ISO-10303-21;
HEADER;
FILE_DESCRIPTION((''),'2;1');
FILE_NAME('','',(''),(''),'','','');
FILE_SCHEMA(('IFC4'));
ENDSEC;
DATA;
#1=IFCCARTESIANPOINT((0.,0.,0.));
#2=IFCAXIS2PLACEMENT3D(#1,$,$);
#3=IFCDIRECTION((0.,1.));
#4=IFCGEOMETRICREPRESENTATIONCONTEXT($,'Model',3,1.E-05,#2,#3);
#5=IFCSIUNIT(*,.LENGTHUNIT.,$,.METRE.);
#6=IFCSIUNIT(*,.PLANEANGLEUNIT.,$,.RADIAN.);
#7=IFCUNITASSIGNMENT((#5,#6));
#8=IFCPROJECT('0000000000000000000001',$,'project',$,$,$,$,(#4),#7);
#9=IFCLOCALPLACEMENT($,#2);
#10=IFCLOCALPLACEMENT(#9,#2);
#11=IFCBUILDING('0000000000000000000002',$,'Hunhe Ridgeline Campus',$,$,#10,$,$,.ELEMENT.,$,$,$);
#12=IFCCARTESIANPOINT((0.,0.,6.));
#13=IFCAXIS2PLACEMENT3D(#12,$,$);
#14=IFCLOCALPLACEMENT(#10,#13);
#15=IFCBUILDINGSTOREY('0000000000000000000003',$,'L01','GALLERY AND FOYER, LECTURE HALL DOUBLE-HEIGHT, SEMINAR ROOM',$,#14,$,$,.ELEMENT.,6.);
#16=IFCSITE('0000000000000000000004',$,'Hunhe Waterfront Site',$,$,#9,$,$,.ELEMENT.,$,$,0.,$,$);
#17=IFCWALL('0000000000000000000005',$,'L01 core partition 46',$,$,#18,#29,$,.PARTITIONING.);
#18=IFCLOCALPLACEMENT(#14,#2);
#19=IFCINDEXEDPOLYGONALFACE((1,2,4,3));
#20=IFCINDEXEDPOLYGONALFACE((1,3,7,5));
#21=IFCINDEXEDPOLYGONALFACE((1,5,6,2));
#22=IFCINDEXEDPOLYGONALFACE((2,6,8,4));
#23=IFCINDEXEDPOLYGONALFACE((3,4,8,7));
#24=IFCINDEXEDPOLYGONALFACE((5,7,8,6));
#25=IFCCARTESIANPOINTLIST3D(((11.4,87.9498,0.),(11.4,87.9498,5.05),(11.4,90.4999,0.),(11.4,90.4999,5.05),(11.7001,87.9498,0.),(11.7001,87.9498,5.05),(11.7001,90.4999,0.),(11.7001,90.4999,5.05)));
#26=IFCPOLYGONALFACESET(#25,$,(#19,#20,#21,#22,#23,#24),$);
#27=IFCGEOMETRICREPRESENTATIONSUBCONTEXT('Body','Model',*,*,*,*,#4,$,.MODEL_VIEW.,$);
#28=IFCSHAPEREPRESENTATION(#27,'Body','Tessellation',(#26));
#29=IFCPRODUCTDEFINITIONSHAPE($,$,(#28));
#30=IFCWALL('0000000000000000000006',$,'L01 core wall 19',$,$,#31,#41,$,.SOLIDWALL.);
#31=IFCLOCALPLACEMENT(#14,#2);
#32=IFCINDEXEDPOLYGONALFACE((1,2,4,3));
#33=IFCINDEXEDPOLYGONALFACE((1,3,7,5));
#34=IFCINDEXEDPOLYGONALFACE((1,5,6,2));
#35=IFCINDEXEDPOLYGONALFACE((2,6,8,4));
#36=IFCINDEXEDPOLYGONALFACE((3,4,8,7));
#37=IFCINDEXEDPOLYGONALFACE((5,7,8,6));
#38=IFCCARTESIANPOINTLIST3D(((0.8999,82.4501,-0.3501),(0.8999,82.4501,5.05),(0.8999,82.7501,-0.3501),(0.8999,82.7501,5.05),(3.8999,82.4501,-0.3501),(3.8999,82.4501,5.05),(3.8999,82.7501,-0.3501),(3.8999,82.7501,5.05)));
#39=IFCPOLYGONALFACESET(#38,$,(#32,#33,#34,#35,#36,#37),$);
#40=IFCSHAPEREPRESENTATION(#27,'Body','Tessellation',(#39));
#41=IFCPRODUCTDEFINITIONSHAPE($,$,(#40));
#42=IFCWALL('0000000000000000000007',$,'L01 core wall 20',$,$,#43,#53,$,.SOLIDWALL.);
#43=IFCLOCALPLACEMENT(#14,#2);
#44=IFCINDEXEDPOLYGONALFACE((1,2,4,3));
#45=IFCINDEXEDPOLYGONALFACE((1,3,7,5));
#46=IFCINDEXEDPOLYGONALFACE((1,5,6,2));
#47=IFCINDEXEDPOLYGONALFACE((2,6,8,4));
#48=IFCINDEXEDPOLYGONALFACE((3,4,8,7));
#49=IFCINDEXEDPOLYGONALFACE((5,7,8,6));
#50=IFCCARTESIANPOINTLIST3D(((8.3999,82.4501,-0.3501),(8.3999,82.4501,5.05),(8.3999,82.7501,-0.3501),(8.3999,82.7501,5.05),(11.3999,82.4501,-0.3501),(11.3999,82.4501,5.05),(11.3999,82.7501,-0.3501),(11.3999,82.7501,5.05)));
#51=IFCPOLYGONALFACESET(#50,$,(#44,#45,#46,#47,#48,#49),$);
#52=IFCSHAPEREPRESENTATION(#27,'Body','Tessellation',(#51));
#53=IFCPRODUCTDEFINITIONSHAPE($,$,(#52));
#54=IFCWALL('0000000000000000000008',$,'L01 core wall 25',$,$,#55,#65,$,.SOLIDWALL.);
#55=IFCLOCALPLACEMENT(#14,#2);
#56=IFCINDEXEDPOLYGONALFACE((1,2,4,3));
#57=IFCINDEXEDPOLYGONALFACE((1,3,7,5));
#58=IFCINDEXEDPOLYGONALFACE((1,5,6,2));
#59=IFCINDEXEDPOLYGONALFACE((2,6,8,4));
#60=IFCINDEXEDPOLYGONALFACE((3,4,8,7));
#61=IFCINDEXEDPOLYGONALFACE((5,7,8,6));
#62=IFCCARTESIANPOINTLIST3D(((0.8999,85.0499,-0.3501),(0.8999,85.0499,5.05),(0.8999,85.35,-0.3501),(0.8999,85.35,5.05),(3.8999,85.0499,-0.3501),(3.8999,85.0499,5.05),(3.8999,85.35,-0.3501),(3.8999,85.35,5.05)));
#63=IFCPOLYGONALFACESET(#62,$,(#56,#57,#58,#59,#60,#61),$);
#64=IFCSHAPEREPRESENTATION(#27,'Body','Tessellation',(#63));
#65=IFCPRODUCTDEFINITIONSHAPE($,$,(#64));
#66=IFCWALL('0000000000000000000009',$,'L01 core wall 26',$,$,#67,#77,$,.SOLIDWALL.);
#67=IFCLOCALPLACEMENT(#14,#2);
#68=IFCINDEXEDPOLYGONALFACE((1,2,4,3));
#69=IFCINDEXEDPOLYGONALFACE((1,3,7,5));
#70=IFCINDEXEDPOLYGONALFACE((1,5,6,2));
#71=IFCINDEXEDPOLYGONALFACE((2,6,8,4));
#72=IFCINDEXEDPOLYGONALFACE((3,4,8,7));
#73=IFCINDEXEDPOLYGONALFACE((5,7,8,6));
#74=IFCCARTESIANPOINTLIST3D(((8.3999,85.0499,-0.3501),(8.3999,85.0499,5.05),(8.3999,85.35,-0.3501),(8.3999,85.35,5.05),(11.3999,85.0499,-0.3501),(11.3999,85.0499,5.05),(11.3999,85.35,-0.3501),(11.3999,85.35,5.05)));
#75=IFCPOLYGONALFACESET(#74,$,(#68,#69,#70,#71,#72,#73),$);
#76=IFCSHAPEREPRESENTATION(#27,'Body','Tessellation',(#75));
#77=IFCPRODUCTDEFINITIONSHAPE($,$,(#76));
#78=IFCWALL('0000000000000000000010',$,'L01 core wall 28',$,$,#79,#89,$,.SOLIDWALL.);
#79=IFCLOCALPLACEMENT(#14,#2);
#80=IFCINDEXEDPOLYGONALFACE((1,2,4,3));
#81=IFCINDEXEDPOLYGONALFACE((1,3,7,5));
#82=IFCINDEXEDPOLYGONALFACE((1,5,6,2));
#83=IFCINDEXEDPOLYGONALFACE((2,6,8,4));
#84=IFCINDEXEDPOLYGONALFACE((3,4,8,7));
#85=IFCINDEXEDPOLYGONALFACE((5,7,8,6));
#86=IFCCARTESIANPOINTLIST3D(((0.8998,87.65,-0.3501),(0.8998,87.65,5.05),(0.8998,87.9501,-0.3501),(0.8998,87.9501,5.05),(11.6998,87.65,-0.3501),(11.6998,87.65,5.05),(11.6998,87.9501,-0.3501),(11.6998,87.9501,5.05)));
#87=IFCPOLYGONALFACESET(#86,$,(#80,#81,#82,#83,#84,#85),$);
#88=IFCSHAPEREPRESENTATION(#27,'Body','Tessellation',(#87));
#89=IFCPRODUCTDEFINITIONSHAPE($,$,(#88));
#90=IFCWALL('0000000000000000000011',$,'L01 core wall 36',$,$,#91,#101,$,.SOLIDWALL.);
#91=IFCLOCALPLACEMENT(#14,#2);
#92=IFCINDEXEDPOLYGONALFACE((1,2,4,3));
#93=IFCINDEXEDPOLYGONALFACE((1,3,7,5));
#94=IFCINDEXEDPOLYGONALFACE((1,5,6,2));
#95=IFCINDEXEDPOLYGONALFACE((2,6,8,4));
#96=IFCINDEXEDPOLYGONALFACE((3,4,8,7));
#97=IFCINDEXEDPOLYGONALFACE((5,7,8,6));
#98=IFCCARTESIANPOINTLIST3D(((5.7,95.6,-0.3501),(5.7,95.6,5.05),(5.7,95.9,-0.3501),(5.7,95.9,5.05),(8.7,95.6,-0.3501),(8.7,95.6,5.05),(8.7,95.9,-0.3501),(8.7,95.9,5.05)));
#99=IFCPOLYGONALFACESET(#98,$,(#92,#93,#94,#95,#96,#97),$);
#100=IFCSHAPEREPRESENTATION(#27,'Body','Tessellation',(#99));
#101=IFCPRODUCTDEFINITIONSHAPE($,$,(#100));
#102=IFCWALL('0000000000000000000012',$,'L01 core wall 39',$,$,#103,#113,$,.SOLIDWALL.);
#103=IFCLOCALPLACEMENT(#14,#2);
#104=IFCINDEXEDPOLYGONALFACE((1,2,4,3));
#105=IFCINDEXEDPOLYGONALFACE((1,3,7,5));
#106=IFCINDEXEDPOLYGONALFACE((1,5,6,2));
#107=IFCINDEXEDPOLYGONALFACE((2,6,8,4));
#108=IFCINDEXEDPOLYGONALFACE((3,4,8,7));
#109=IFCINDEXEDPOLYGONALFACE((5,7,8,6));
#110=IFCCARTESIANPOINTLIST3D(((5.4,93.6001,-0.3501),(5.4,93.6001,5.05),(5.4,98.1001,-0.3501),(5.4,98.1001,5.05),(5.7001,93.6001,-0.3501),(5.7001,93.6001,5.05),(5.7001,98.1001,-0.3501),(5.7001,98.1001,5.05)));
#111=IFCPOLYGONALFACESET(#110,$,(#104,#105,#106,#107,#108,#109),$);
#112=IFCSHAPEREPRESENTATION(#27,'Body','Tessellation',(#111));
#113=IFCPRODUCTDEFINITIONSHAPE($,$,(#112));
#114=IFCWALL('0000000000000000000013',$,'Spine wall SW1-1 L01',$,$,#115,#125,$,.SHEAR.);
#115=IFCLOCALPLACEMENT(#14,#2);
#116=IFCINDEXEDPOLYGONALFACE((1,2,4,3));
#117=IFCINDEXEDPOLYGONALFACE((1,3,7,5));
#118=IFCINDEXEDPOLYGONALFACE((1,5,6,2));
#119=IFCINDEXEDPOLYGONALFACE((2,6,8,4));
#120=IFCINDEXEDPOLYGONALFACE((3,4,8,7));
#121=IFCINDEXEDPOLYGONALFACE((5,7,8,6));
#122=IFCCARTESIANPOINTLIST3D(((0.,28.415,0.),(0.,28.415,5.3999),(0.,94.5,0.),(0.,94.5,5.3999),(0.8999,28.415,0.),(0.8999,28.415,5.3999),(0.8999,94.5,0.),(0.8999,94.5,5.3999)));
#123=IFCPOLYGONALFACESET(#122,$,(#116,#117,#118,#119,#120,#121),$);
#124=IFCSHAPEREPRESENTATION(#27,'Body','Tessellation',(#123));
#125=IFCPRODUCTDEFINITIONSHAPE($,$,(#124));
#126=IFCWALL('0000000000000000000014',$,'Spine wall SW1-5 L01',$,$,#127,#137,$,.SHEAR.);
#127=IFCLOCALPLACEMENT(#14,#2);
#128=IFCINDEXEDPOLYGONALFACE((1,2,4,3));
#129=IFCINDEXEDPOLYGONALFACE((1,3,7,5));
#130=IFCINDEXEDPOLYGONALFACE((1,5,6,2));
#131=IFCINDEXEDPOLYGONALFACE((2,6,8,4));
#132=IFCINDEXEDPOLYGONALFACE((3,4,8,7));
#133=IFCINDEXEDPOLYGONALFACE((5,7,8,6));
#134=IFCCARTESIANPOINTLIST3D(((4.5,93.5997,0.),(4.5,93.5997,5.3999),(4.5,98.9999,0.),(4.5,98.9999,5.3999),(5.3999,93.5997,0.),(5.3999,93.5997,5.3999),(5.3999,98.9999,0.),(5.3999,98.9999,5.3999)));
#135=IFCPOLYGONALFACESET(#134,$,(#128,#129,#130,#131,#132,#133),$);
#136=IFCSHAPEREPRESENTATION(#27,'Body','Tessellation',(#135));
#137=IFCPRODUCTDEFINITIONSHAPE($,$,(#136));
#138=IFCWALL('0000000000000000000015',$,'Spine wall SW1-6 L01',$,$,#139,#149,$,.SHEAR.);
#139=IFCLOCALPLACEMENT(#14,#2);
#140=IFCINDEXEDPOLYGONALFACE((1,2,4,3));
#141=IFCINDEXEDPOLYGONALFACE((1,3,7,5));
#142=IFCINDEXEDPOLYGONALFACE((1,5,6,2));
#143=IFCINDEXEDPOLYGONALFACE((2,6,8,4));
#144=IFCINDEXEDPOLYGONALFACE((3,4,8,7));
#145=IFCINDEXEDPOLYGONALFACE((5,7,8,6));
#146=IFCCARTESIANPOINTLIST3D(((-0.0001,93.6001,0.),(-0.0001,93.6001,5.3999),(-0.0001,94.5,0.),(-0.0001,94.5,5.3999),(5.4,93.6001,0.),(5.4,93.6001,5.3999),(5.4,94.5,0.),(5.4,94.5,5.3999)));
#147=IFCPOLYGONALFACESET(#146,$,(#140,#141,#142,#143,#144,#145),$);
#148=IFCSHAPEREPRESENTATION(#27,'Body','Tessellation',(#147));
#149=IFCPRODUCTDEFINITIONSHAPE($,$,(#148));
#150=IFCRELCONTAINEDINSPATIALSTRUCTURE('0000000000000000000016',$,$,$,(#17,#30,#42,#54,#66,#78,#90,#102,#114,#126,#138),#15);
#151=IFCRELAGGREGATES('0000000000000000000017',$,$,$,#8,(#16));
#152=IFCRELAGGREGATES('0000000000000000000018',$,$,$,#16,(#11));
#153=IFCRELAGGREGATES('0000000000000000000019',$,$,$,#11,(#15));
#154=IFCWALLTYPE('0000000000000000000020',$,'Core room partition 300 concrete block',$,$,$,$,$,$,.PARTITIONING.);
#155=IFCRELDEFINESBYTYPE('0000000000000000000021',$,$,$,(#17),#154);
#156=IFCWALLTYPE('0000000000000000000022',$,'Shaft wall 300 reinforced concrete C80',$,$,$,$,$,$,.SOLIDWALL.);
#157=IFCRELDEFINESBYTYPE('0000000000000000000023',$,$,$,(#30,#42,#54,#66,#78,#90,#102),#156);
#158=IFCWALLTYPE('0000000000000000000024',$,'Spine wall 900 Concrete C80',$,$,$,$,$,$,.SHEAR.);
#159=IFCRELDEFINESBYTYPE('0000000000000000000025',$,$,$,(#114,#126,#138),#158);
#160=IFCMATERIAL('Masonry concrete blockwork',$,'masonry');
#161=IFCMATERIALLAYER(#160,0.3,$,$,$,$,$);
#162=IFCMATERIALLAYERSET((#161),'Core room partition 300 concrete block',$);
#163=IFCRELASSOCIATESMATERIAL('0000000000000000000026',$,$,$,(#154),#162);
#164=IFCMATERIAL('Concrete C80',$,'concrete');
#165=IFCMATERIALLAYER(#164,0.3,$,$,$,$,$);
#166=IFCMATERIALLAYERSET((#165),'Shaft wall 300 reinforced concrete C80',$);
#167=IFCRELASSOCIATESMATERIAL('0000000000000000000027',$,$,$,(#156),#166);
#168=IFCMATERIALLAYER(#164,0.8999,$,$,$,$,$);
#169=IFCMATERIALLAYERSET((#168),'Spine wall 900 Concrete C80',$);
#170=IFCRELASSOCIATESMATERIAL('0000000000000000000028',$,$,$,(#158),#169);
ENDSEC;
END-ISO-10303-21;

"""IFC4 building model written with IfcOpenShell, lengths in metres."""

from ifc_helpers import new_model, si_unit, direction, frame, frame_2d, origin, place, context, subcontext, project, spatial, rectangle, extrude, material, layer, layer_set, type_object, element, save


model = new_model("IFC4")

# Units and contexts
model_context = context("Model", 3, precision=1e-05, world=origin(), true_north=direction((0.0, 1.0)))
body_context = subcontext(model_context, "Body", "Model", "MODEL_VIEW")
ifc_project = project(units=[si_unit("LENGTHUNIT", "METRE"), si_unit("PLANEANGLEUNIT", "RADIAN")], contexts=[model_context])

# Site, building, storey
site_placement = place(None, origin())
site = spatial("IfcSite", under=ifc_project, at=site_placement, Name="Hunhe Waterfront Site", CompositionType="ELEMENT", RefElevation=0.0)
building_placement = place(site_placement, origin())
building = spatial("IfcBuilding", under=site, at=building_placement, Name="Hunhe Ridgeline Campus", CompositionType="ELEMENT")
storey_placement = place(building_placement, frame((0.0, 0.0, 6.0)))
storey = spatial("IfcBuildingStorey", under=building, at=storey_placement, Name="L01", Description="GALLERY AND FOYER, LECTURE HALL DOUBLE-HEIGHT, SEMINAR ROOM", CompositionType="ELEMENT", Elevation=6.0)

# Wall
ifc_material_1 = material(Name="Masonry concrete blockwork", Category="masonry")
ifc_layer_1 = layer(ifc_material_1, 0.3)
ifc_layer_set_1 = layer_set([ifc_layer_1], Name="Core room partition 300 concrete block")
wall_type_1 = type_object("IfcWallType", Name="Core room partition 300 concrete block", PredefinedType="PARTITIONING", material=ifc_layer_set_1)
wall_1_placement = place(storey_placement, frame((11.55, 87.95, 0.0), z_axis=(0.0, 0.0, 1.0), x_axis=(0.0, 1.0, 0.0)))
element("IfcWall", 1, at=wall_1_placement, inside=storey, type_object=wall_type_1, Name="L01 core partition 46", PredefinedType="PARTITIONING", context=body_context, shape_type="SweptSolid", body=[
    extrude(rectangle(XDim=2.55, YDim=0.3, at=frame_2d((1.2749, 0.0))), origin(), (0.0, 0.0, 1.0), 5.05),
])

# Shared definitions
ifc_material_2 = material(Name="Concrete C80", Category="concrete")

# Walls
ifc_layer_2 = layer(ifc_material_2, 0.3)
ifc_layer_set_2 = layer_set([ifc_layer_2], Name="Shaft wall 300 reinforced concrete C80")
wall_type_2 = type_object("IfcWallType", Name="Shaft wall 300 reinforced concrete C80", PredefinedType="SOLIDWALL", material=ifc_layer_set_2)
for number, where, z_axis, x_axis, name in (
    (2, (0.8999, 82.6001, -0.3501), (0.0, 0.0, 1.0), (1.0, 0.0, 0.0), "L01 core wall 19"),
    (3, (8.3999, 82.6001, -0.3501), (0.0, 0.0, 1.0), (1.0, 0.0, 0.0), "L01 core wall 20"),
    (4, (0.8999, 85.2, -0.3501), (0.0, 0.0, 1.0), (1.0, 0.0, 0.0), "L01 core wall 25"),
    (5, (8.3999, 85.2, -0.3501), (0.0, 0.0, 1.0), (1.0, 0.0, 0.0), "L01 core wall 26"),
):
    element("IfcWall", number, at=place(storey_placement, frame(where, z_axis=z_axis, x_axis=x_axis)), inside=storey, type_object=wall_type_2, Name=name, PredefinedType="SOLIDWALL", context=body_context, shape_type="SweptSolid", body=[
        extrude(rectangle(XDim=3.0, YDim=0.3, at=frame_2d((1.5, 0.0))), origin(), (0.0, 0.0, 1.0), 5.4001),
    ])
wall_2_placement = place(storey_placement, frame((0.8999, 87.8, -0.3501), z_axis=(0.0, 0.0, 1.0), x_axis=(1.0, 0.0, 0.0)))
element("IfcWall", 6, at=wall_2_placement, inside=storey, type_object=wall_type_2, Name="L01 core wall 28", PredefinedType="SOLIDWALL", context=body_context, shape_type="SweptSolid", body=[
    extrude(rectangle(XDim=10.8, YDim=0.3, at=frame_2d((5.3999, 0.0))), origin(), (0.0, 0.0, 1.0), 5.4001),
])

# Walls
wall_3_placement = place(storey_placement, frame((5.7, 95.75, -0.3501), z_axis=(0.0, 0.0, 1.0), x_axis=(1.0, 0.0, 0.0)))
element("IfcWall", 7, at=wall_3_placement, inside=storey, type_object=wall_type_2, Name="L01 core wall 36", PredefinedType="SOLIDWALL", context=body_context, shape_type="SweptSolid", body=[
    extrude(rectangle(XDim=3.0, YDim=0.3, at=frame_2d((1.5, 0.0))), origin(), (0.0, 0.0, 1.0), 5.4001),
])
wall_4_placement = place(storey_placement, frame((5.55, 93.6001, -0.3501), z_axis=(0.0, 0.0, 1.0), x_axis=(0.0, 1.0, 0.0)))
element("IfcWall", 8, at=wall_4_placement, inside=storey, type_object=wall_type_2, Name="L01 core wall 39", PredefinedType="SOLIDWALL", context=body_context, shape_type="SweptSolid", body=[
    extrude(rectangle(XDim=4.5, YDim=0.3, at=frame_2d((2.25, 0.0))), origin(), (0.0, 0.0, 1.0), 5.4001),
])

# Walls
ifc_layer_3 = layer(ifc_material_2, 0.8999)
ifc_layer_set_3 = layer_set([ifc_layer_3], Name="Spine wall 900 Concrete C80")
wall_type_3 = type_object("IfcWallType", Name="Spine wall 900 Concrete C80", PredefinedType="SHEAR", material=ifc_layer_set_3)
wall_5_placement = place(storey_placement, frame((0.45, 94.5, 0.0), z_axis=(0.0, 0.0, 1.0), x_axis=(0.0, -1.0, 0.0)))
element("IfcWall", 9, at=wall_5_placement, inside=storey, type_object=wall_type_3, Name="Spine wall SW1-1 L01", PredefinedType="SHEAR", context=body_context, shape_type="SweptSolid", body=[
    extrude(rectangle(XDim=66.085, YDim=0.8999, at=frame_2d((33.0425, 0.0))), origin(), (0.0, 0.0, 1.0), 5.3999),
])
for number, where, z_axis, x_axis, name in (
    (10, (4.95, 99.0, 0.0), (0.0, 0.0, 1.0), (0.0, -1.0, 0.0), "Spine wall SW1-5 L01"),
    (11, (5.4001, 94.05, 0.0), (0.0, 0.0, 1.0), (-1.0, 0.0, 0.0), "Spine wall SW1-6 L01"),
):
    element("IfcWall", number, at=place(storey_placement, frame(where, z_axis=z_axis, x_axis=x_axis)), inside=storey, type_object=wall_type_3, Name=name, PredefinedType="SHEAR", context=body_context, shape_type="SweptSolid", body=[
        extrude(rectangle(XDim=5.4001, YDim=0.8999, at=frame_2d((2.7002, 0.0))), origin(), (0.0, 0.0, 1.0), 5.3999),
    ])

save(model, "model.ifc")
